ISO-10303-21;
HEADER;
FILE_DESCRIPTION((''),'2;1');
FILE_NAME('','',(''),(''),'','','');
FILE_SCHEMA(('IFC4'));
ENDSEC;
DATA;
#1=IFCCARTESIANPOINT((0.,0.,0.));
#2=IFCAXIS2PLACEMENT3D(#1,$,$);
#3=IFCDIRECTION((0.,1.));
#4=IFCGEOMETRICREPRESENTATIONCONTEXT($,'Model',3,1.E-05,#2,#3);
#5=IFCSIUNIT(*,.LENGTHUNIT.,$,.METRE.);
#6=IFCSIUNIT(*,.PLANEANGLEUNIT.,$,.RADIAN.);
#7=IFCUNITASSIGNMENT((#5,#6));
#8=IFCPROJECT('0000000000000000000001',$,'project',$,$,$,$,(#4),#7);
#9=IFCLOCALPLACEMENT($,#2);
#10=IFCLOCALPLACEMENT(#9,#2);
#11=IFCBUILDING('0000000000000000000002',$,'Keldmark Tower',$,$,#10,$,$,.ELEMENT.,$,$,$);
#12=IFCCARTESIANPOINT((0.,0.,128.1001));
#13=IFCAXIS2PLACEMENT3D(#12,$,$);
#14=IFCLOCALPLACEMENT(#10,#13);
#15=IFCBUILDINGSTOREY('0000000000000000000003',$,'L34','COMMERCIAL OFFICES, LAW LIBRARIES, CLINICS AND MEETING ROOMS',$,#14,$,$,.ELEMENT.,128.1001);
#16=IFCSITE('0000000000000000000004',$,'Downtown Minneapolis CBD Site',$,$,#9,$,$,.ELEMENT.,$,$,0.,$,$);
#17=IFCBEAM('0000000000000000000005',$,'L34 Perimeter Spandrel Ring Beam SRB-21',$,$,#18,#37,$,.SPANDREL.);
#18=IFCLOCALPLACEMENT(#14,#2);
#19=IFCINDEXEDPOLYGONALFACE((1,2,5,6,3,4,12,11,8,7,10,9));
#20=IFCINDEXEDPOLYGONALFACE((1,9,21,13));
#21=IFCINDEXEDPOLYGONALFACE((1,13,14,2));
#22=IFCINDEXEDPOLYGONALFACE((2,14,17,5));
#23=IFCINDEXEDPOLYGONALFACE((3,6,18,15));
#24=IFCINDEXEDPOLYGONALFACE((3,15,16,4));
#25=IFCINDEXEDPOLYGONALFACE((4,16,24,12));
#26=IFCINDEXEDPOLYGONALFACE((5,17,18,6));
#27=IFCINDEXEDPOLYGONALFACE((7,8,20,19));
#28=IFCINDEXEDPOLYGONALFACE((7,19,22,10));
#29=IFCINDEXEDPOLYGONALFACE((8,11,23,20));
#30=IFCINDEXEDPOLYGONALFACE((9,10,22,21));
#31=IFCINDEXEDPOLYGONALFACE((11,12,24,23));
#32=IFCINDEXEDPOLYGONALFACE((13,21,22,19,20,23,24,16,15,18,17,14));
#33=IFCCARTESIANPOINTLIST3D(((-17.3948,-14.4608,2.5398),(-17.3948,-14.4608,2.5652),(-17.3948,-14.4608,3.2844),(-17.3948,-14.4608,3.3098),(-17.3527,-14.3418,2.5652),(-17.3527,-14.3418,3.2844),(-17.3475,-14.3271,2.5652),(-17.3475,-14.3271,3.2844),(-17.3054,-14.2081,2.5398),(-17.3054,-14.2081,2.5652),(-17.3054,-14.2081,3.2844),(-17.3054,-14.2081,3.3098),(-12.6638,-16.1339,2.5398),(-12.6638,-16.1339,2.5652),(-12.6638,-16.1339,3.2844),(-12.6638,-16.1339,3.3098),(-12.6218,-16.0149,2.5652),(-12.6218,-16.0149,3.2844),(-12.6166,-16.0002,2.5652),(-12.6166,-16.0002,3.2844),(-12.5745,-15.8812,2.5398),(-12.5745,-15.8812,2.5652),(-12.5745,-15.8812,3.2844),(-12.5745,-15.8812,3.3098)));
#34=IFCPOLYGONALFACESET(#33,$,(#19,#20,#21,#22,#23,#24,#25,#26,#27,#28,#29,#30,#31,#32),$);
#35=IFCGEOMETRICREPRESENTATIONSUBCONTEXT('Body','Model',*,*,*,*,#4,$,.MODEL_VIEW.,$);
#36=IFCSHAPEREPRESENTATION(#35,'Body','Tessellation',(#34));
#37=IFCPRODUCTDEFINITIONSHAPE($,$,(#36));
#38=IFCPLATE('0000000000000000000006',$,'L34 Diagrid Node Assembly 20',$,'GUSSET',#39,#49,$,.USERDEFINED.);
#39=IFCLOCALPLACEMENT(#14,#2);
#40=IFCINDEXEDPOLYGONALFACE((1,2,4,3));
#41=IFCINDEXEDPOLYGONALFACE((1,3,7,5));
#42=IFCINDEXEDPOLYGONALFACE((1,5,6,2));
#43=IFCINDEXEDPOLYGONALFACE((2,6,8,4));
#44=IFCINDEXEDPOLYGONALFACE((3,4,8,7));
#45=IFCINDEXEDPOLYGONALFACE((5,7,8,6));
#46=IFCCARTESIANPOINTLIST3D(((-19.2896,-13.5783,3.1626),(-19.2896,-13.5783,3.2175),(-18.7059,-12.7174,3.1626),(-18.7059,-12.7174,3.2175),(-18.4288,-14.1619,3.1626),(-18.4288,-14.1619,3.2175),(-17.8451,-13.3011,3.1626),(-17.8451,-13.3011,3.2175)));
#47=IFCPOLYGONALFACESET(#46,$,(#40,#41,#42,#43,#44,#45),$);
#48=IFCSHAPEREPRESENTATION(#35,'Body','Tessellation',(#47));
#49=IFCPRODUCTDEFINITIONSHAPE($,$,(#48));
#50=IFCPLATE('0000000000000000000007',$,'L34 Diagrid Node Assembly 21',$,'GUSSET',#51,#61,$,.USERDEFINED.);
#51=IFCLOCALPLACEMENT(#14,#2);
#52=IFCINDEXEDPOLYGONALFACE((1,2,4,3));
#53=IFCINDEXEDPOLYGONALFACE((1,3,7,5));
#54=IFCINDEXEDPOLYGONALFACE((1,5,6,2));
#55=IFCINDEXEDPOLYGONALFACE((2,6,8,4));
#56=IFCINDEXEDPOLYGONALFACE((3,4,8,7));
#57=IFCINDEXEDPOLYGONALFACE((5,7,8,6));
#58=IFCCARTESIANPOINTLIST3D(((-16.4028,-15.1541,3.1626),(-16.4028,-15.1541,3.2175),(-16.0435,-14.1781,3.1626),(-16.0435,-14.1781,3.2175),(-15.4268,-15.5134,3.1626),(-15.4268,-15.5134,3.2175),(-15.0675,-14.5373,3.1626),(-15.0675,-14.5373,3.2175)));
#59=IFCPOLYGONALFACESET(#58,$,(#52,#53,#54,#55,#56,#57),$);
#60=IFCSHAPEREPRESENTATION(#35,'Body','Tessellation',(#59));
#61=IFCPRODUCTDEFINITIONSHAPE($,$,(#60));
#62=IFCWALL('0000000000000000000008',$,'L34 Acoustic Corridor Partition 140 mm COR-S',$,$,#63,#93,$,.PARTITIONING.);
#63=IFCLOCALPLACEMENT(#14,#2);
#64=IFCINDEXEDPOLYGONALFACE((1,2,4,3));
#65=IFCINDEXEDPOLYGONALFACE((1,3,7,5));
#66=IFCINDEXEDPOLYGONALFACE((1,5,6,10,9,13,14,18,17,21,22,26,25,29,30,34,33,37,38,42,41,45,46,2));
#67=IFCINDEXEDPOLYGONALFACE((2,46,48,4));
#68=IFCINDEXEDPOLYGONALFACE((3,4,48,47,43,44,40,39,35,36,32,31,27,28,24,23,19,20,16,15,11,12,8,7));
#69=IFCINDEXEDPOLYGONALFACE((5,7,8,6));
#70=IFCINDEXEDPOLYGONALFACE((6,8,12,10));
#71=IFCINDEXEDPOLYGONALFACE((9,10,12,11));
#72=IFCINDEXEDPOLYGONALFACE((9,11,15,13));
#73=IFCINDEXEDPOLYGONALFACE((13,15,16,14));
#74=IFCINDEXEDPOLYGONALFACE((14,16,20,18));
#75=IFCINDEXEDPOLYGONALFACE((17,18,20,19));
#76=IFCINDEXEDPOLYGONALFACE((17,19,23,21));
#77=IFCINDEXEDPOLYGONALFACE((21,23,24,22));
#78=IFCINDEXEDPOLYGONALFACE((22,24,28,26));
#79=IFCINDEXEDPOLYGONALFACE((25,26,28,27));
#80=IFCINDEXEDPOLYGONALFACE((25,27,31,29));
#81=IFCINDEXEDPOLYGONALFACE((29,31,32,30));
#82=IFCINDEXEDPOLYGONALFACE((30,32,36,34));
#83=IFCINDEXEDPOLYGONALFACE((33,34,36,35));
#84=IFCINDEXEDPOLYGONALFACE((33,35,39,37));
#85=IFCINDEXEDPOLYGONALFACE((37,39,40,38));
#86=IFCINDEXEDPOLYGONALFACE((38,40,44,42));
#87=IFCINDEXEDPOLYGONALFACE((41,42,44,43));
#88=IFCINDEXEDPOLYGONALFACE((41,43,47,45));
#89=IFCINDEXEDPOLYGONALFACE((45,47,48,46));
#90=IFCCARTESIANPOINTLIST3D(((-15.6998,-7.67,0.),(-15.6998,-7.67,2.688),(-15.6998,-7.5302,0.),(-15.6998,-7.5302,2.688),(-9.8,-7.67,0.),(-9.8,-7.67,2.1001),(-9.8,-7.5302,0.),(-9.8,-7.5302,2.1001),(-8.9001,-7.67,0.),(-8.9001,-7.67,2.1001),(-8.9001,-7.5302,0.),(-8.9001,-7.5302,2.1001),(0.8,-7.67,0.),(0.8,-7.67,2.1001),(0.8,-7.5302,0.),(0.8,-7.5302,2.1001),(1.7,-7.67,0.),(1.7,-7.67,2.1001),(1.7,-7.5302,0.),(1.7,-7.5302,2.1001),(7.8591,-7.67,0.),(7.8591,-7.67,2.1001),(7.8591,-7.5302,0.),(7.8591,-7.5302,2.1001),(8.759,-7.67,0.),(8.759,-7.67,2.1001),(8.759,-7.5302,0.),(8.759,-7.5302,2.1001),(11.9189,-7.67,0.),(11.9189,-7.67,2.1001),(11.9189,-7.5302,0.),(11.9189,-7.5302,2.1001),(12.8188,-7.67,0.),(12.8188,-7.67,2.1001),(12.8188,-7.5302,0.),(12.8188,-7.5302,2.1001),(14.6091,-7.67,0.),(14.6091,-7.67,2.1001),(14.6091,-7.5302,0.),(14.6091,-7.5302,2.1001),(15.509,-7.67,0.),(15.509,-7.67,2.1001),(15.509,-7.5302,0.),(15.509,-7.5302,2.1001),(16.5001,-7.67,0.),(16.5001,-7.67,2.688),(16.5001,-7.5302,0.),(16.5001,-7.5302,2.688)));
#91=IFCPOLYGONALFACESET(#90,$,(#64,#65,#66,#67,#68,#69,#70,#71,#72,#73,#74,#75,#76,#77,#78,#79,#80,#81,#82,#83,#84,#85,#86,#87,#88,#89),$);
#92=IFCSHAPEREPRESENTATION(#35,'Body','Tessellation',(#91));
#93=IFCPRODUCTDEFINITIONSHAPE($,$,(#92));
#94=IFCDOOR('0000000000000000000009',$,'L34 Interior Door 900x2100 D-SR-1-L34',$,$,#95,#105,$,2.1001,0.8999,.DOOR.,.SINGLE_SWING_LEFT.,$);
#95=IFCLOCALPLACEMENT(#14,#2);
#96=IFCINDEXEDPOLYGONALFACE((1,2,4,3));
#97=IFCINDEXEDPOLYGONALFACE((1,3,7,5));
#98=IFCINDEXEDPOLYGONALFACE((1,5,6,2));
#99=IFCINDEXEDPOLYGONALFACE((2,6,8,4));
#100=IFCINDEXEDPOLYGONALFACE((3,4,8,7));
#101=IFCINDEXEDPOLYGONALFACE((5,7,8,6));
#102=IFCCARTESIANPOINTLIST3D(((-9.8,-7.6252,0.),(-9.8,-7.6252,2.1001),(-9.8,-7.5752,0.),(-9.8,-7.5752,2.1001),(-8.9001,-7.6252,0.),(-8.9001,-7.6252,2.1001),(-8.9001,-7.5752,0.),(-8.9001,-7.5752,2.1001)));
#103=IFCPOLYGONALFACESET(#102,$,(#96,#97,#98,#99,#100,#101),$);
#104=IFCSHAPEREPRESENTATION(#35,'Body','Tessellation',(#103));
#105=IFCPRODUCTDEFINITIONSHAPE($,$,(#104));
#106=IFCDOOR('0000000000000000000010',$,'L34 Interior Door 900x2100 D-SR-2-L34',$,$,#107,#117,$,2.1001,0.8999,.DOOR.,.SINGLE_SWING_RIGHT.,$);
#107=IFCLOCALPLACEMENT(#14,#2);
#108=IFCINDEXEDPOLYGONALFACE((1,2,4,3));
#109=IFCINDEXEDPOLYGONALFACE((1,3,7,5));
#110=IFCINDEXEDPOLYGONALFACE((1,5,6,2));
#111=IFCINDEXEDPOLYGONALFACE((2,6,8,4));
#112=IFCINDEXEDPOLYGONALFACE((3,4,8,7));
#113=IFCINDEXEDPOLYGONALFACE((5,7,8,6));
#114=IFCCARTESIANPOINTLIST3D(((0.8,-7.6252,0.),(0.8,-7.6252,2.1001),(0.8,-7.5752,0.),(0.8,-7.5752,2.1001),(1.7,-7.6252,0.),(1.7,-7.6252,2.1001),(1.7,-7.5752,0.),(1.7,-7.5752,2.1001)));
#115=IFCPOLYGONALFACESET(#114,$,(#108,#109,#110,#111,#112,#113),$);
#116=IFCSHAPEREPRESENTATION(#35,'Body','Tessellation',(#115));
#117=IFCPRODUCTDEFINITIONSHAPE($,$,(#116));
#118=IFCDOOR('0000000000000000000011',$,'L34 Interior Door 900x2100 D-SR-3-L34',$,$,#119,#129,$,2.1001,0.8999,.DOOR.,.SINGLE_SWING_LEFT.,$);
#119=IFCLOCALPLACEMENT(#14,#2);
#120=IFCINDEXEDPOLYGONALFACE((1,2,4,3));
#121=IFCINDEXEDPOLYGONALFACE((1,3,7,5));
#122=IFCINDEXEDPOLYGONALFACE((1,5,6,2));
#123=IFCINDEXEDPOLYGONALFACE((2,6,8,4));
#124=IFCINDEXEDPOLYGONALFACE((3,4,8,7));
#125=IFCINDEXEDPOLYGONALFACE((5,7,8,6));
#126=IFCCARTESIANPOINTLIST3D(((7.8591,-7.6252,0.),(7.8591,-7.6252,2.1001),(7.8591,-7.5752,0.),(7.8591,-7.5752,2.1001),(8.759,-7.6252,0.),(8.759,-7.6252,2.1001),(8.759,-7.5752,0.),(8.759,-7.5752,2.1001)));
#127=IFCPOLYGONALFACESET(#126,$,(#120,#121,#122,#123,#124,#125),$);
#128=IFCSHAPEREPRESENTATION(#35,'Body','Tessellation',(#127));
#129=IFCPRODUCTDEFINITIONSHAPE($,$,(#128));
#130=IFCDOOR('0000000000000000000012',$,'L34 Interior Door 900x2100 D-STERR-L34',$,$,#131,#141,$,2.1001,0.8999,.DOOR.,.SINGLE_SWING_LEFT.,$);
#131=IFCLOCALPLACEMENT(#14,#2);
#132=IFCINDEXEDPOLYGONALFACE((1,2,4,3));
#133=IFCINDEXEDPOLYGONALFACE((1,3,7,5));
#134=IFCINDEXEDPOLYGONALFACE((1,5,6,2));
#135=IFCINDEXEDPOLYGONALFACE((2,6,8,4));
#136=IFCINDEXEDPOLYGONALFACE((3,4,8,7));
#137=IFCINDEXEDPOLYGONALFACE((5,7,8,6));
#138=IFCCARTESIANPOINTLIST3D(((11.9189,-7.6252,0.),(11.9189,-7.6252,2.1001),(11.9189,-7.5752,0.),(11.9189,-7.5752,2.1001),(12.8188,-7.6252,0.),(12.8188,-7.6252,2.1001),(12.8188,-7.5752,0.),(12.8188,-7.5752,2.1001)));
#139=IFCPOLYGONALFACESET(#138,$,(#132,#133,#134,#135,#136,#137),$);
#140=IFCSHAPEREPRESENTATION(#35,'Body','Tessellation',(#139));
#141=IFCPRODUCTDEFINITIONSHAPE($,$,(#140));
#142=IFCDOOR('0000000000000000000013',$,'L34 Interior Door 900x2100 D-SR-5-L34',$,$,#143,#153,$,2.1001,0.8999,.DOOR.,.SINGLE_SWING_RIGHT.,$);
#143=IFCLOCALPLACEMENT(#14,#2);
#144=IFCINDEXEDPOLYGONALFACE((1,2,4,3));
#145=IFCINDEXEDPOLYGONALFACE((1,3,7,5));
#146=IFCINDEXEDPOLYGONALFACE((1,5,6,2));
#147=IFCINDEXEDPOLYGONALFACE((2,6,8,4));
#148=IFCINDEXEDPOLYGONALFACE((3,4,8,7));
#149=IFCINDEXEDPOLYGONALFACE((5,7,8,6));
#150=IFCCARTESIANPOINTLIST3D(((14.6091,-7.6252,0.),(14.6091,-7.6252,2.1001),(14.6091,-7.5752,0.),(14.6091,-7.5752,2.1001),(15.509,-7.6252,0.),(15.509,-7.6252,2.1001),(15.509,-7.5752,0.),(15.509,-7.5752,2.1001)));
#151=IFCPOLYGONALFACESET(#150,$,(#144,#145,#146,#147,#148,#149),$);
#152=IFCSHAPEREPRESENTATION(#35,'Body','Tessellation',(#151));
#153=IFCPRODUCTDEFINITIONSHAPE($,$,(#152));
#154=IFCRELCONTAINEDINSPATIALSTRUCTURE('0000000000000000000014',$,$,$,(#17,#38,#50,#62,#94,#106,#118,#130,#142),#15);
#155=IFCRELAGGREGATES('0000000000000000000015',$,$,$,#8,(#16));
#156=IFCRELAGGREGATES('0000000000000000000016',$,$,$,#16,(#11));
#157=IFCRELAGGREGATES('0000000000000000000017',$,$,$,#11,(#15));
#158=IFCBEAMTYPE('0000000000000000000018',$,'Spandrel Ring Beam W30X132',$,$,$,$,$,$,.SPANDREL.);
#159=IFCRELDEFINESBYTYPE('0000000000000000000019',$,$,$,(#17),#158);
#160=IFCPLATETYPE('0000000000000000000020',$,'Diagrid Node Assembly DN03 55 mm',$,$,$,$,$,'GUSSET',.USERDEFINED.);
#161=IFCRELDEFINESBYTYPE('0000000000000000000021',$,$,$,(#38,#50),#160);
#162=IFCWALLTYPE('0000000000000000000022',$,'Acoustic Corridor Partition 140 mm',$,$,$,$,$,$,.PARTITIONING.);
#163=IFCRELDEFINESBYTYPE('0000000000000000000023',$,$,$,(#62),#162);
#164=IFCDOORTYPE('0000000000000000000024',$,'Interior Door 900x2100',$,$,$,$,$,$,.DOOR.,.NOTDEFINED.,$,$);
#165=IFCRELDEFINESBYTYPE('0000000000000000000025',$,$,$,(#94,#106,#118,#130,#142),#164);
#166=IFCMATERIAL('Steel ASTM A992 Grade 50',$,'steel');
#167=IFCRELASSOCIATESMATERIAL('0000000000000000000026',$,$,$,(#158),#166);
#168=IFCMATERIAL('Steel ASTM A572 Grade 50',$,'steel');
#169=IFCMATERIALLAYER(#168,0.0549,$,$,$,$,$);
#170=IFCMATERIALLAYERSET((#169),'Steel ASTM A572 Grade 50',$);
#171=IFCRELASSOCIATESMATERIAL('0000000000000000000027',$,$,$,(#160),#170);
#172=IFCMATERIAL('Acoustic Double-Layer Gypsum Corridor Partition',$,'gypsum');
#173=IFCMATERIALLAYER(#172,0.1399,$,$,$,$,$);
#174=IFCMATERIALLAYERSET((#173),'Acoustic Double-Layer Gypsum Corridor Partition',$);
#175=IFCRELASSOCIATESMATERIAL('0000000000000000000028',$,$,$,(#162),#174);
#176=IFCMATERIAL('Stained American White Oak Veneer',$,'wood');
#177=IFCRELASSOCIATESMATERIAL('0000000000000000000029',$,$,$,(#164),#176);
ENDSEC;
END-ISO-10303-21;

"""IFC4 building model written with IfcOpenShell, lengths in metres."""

from ifc_helpers import new_model, si_unit, direction, frame, frame_2d, origin, origin_2d, place, context, subcontext, project, spatial, rectangle, i_section, extrude, material, layer, layer_set, material_profile, profile_set, type_object, element, fill, save


model = new_model("IFC4")

# Units and contexts
model_context = context("Model", 3, precision=1e-05, world=origin(), true_north=direction((0.0, 1.0)))
body_context = subcontext(model_context, "Body", "Model", "MODEL_VIEW")
ifc_project = project(units=[si_unit("LENGTHUNIT", "METRE"), si_unit("PLANEANGLEUNIT", "RADIAN")], contexts=[model_context])

# Site, building, storey
site_placement = place(None, origin())
site = spatial("IfcSite", under=ifc_project, at=site_placement, Name="Downtown Minneapolis CBD Site", CompositionType="ELEMENT", RefElevation=0.0)
building_placement = place(site_placement, origin())
building = spatial("IfcBuilding", under=site, at=building_placement, Name="Keldmark Tower", CompositionType="ELEMENT")
storey_placement = place(building_placement, frame((0.0, 0.0, 128.1001)))
storey = spatial("IfcBuildingStorey", under=building, at=storey_placement, Name="L34", Description="COMMERCIAL OFFICES, LAW LIBRARIES, CLINICS AND MEETING ROOMS", CompositionType="ELEMENT", Elevation=128.1001)

# Beam
ifc_material_1 = material(Name="Steel ASTM A992 Grade 50", Category="steel")
ifc_material_profile_1 = material_profile(ifc_material_1, i_section(OverallWidth=0.2681, OverallDepth=0.77, WebThickness=0.0156, FlangeThickness=0.0254, at=origin_2d()), Name="W30X132")
ifc_profile_set_1 = profile_set([ifc_material_profile_1], Name="Steel ASTM A992 Grade 50")
beam_type_1 = type_object("IfcBeamType", Name="Spandrel Ring Beam W30X132", PredefinedType="SPANDREL", material=ifc_profile_set_1)
beam_1_placement = place(storey_placement, frame((-17.3501, -14.3345, 2.9248), z_axis=(0.942781, -0.333413, 0.0), x_axis=(0.333413, 0.942781, 0.0)))
element("IfcBeam", 1, at=beam_1_placement, inside=storey, type_object=beam_type_1, Name="L34 Perimeter Spandrel Ring Beam SRB-21", PredefinedType="SPANDREL", context=body_context, shape_type="SweptSolid", body=[
    extrude(i_section(OverallWidth=0.2681, OverallDepth=0.77, WebThickness=0.0156, FlangeThickness=0.0254, at=origin_2d()), origin(), (0.0, 0.0, 1.0), 5.0181),
])

# Plates
ifc_material_2 = material(Name="Steel ASTM A572 Grade 50", Category="steel")
ifc_layer_1 = layer(ifc_material_2, 0.0549)
ifc_layer_set_1 = layer_set([ifc_layer_1], Name="Steel ASTM A572 Grade 50")
plate_type = type_object("IfcPlateType", Name="Diagrid Node Assembly DN03 55 mm", ElementType="GUSSET", PredefinedType="USERDEFINED", material=ifc_layer_set_1)
for number, where, z_axis, x_axis, name in (
    (2, (-18.5674, -13.4397, 3.1626), (0.0, 0.0, 1.0), (0.827669, -0.561217, 0.0), "L34 Diagrid Node Assembly 20"),
    (3, (-15.7351, -14.8457, 3.1626), (0.0, 0.0, 1.0), (0.938433, -0.345462, 0.0), "L34 Diagrid Node Assembly 21"),
):
    element("IfcPlate", number, at=place(storey_placement, frame(where, z_axis=z_axis, x_axis=x_axis)), inside=storey, type_object=plate_type, Name=name, ObjectType="GUSSET", PredefinedType="USERDEFINED", context=body_context, shape_type="SweptSolid", body=[
        extrude(rectangle(XDim=1.04, YDim=1.04, at=origin_2d()), origin(), (0.0, 0.0, 1.0), 0.0549),
    ])

# Wall, openings, doors
ifc_material_3 = material(Name="Acoustic Double-Layer Gypsum Corridor Partition", Category="gypsum")
ifc_layer_2 = layer(ifc_material_3, 0.1399)
ifc_layer_set_2 = layer_set([ifc_layer_2], Name="Acoustic Double-Layer Gypsum Corridor Partition")
wall_type_1 = type_object("IfcWallType", Name="Acoustic Corridor Partition 140 mm", PredefinedType="PARTITIONING", material=ifc_layer_set_2)
wall_1_placement = place(storey_placement, frame((-15.7, -7.6001, 0.0), z_axis=(0.0, 0.0, 1.0), x_axis=(1.0, 0.0, 0.0)))
wall_1 = element("IfcWall", 4, at=wall_1_placement, inside=storey, type_object=wall_type_1, Name="L34 Acoustic Corridor Partition 140 mm COR-S", PredefinedType="PARTITIONING", context=body_context, shape_type="SweptSolid", body=[
    extrude(rectangle(XDim=32.2, YDim=0.1399, at=frame_2d((16.1001, 0.0))), origin(), (0.0, 0.0, 1.0), 2.688),
])
opening_1_placement = place(wall_1_placement, frame((5.8999, 0.0, 0.0)))
opening_1 = element("IfcOpeningElement", 5, at=opening_1_placement, cuts=wall_1, PredefinedType="OPENING", context=body_context, shape_type="SweptSolid", body=[
    extrude(rectangle(XDim=0.8999, YDim=2.1001, at=frame_2d((0.45, 1.05))), frame((0.0, 0.0798, 0.0), z_axis=(0.0, -1.0, 0.0), x_axis=(1.0, 0.0, 0.0)), (0.0, 0.0, 1.0), 0.1599),
])
opening_2_placement = place(wall_1_placement, frame((16.5, 0.0, 0.0)))
opening_2 = element("IfcOpeningElement", 6, at=opening_2_placement, cuts=wall_1, PredefinedType="OPENING", context=body_context, shape_type="SweptSolid", body=[
    extrude(rectangle(XDim=0.8999, YDim=2.1001, at=frame_2d((0.45, 1.05))), frame((0.0, 0.0798, 0.0), z_axis=(0.0, -1.0, 0.0), x_axis=(1.0, 0.0, 0.0)), (0.0, 0.0, 1.0), 0.1599),
])
opening_3_placement = place(wall_1_placement, frame((23.5591, 0.0, 0.0)))
opening_3 = element("IfcOpeningElement", 7, at=opening_3_placement, cuts=wall_1, PredefinedType="OPENING", context=body_context, shape_type="SweptSolid", body=[
    extrude(rectangle(XDim=0.8999, YDim=2.1001, at=frame_2d((0.45, 1.05))), frame((0.0, 0.0798, 0.0), z_axis=(0.0, -1.0, 0.0), x_axis=(1.0, 0.0, 0.0)), (0.0, 0.0, 1.0), 0.1599),
])
opening_4_placement = place(wall_1_placement, frame((27.6189, 0.0, 0.0)))
opening_4 = element("IfcOpeningElement", 8, at=opening_4_placement, cuts=wall_1, PredefinedType="OPENING", context=body_context, shape_type="SweptSolid", body=[
    extrude(rectangle(XDim=0.8999, YDim=2.1001, at=frame_2d((0.45, 1.05))), frame((0.0, 0.0798, 0.0), z_axis=(0.0, -1.0, 0.0), x_axis=(1.0, 0.0, 0.0)), (0.0, 0.0, 1.0), 0.1599),
])
opening_5_placement = place(wall_1_placement, frame((30.3091, 0.0, 0.0)))
opening_5 = element("IfcOpeningElement", 9, at=opening_5_placement, cuts=wall_1, PredefinedType="OPENING", context=body_context, shape_type="SweptSolid", body=[
    extrude(rectangle(XDim=0.8999, YDim=2.1001, at=frame_2d((0.45, 1.05))), frame((0.0, 0.0798, 0.0), z_axis=(0.0, -1.0, 0.0), x_axis=(1.0, 0.0, 0.0)), (0.0, 0.0, 1.0), 0.1599),
])
ifc_material_4 = material(Name="Stained American White Oak Veneer", Category="wood")
door_type = type_object("IfcDoorType", Name="Interior Door 900x2100", OperationType="NOTDEFINED", PredefinedType="DOOR", material=ifc_material_4)
door_1_placement = place(opening_1_placement, origin())
door_1 = element("IfcDoor", 10, at=door_1_placement, inside=storey, type_object=door_type, Name="L34 Interior Door 900x2100 D-SR-1-L34", OperationType="SINGLE_SWING_LEFT", OverallHeight=2.1001, OverallWidth=0.8999, PredefinedType="DOOR", context=body_context, shape_type="SweptSolid", body=[
    extrude(rectangle(XDim=0.8999, YDim=2.1001, at=frame_2d((0.45, 1.05))), frame((0.0, 0.0249, 0.0), z_axis=(0.0, -1.0, 0.0), x_axis=(1.0, 0.0, 0.0)), (0.0, 0.0, 1.0), 0.05),
])
fill(opening_1, door_1)
door_2_placement = place(opening_2_placement, origin())
door_2 = element("IfcDoor", 11, at=door_2_placement, inside=storey, type_object=door_type, Name="L34 Interior Door 900x2100 D-SR-2-L34", OperationType="SINGLE_SWING_RIGHT", OverallHeight=2.1001, OverallWidth=0.8999, PredefinedType="DOOR", context=body_context, shape_type="SweptSolid", body=[
    extrude(rectangle(XDim=0.8999, YDim=2.1001, at=frame_2d((0.45, 1.05))), frame((0.0, 0.0249, 0.0), z_axis=(0.0, -1.0, 0.0), x_axis=(1.0, 0.0, 0.0)), (0.0, 0.0, 1.0), 0.05),
])
fill(opening_2, door_2)
door_3_placement = place(opening_3_placement, origin())
door_3 = element("IfcDoor", 12, at=door_3_placement, inside=storey, type_object=door_type, Name="L34 Interior Door 900x2100 D-SR-3-L34", OperationType="SINGLE_SWING_LEFT", OverallHeight=2.1001, OverallWidth=0.8999, PredefinedType="DOOR", context=body_context, shape_type="SweptSolid", body=[
    extrude(rectangle(XDim=0.8999, YDim=2.1001, at=frame_2d((0.45, 1.05))), frame((0.0, 0.0249, 0.0), z_axis=(0.0, -1.0, 0.0), x_axis=(1.0, 0.0, 0.0)), (0.0, 0.0, 1.0), 0.05),
])
fill(opening_3, door_3)
door_4_placement = place(opening_4_placement, origin())
door_4 = element("IfcDoor", 13, at=door_4_placement, inside=storey, type_object=door_type, Name="L34 Interior Door 900x2100 D-STERR-L34", OperationType="SINGLE_SWING_LEFT", OverallHeight=2.1001, OverallWidth=0.8999, PredefinedType="DOOR", context=body_context, shape_type="SweptSolid", body=[
    extrude(rectangle(XDim=0.8999, YDim=2.1001, at=frame_2d((0.45, 1.05))), frame((0.0, 0.0249, 0.0), z_axis=(0.0, -1.0, 0.0), x_axis=(1.0, 0.0, 0.0)), (0.0, 0.0, 1.0), 0.05),
])
fill(opening_4, door_4)
door_5_placement = place(opening_5_placement, origin())
door_5 = element("IfcDoor", 14, at=door_5_placement, inside=storey, type_object=door_type, Name="L34 Interior Door 900x2100 D-SR-5-L34", OperationType="SINGLE_SWING_RIGHT", OverallHeight=2.1001, OverallWidth=0.8999, PredefinedType="DOOR", context=body_context, shape_type="SweptSolid", body=[
    extrude(rectangle(XDim=0.8999, YDim=2.1001, at=frame_2d((0.45, 1.05))), frame((0.0, 0.0249, 0.0), z_axis=(0.0, -1.0, 0.0), x_axis=(1.0, 0.0, 0.0)), (0.0, 0.0, 1.0), 0.05),
])
fill(opening_5, door_5)

save(model, "model.ifc")
